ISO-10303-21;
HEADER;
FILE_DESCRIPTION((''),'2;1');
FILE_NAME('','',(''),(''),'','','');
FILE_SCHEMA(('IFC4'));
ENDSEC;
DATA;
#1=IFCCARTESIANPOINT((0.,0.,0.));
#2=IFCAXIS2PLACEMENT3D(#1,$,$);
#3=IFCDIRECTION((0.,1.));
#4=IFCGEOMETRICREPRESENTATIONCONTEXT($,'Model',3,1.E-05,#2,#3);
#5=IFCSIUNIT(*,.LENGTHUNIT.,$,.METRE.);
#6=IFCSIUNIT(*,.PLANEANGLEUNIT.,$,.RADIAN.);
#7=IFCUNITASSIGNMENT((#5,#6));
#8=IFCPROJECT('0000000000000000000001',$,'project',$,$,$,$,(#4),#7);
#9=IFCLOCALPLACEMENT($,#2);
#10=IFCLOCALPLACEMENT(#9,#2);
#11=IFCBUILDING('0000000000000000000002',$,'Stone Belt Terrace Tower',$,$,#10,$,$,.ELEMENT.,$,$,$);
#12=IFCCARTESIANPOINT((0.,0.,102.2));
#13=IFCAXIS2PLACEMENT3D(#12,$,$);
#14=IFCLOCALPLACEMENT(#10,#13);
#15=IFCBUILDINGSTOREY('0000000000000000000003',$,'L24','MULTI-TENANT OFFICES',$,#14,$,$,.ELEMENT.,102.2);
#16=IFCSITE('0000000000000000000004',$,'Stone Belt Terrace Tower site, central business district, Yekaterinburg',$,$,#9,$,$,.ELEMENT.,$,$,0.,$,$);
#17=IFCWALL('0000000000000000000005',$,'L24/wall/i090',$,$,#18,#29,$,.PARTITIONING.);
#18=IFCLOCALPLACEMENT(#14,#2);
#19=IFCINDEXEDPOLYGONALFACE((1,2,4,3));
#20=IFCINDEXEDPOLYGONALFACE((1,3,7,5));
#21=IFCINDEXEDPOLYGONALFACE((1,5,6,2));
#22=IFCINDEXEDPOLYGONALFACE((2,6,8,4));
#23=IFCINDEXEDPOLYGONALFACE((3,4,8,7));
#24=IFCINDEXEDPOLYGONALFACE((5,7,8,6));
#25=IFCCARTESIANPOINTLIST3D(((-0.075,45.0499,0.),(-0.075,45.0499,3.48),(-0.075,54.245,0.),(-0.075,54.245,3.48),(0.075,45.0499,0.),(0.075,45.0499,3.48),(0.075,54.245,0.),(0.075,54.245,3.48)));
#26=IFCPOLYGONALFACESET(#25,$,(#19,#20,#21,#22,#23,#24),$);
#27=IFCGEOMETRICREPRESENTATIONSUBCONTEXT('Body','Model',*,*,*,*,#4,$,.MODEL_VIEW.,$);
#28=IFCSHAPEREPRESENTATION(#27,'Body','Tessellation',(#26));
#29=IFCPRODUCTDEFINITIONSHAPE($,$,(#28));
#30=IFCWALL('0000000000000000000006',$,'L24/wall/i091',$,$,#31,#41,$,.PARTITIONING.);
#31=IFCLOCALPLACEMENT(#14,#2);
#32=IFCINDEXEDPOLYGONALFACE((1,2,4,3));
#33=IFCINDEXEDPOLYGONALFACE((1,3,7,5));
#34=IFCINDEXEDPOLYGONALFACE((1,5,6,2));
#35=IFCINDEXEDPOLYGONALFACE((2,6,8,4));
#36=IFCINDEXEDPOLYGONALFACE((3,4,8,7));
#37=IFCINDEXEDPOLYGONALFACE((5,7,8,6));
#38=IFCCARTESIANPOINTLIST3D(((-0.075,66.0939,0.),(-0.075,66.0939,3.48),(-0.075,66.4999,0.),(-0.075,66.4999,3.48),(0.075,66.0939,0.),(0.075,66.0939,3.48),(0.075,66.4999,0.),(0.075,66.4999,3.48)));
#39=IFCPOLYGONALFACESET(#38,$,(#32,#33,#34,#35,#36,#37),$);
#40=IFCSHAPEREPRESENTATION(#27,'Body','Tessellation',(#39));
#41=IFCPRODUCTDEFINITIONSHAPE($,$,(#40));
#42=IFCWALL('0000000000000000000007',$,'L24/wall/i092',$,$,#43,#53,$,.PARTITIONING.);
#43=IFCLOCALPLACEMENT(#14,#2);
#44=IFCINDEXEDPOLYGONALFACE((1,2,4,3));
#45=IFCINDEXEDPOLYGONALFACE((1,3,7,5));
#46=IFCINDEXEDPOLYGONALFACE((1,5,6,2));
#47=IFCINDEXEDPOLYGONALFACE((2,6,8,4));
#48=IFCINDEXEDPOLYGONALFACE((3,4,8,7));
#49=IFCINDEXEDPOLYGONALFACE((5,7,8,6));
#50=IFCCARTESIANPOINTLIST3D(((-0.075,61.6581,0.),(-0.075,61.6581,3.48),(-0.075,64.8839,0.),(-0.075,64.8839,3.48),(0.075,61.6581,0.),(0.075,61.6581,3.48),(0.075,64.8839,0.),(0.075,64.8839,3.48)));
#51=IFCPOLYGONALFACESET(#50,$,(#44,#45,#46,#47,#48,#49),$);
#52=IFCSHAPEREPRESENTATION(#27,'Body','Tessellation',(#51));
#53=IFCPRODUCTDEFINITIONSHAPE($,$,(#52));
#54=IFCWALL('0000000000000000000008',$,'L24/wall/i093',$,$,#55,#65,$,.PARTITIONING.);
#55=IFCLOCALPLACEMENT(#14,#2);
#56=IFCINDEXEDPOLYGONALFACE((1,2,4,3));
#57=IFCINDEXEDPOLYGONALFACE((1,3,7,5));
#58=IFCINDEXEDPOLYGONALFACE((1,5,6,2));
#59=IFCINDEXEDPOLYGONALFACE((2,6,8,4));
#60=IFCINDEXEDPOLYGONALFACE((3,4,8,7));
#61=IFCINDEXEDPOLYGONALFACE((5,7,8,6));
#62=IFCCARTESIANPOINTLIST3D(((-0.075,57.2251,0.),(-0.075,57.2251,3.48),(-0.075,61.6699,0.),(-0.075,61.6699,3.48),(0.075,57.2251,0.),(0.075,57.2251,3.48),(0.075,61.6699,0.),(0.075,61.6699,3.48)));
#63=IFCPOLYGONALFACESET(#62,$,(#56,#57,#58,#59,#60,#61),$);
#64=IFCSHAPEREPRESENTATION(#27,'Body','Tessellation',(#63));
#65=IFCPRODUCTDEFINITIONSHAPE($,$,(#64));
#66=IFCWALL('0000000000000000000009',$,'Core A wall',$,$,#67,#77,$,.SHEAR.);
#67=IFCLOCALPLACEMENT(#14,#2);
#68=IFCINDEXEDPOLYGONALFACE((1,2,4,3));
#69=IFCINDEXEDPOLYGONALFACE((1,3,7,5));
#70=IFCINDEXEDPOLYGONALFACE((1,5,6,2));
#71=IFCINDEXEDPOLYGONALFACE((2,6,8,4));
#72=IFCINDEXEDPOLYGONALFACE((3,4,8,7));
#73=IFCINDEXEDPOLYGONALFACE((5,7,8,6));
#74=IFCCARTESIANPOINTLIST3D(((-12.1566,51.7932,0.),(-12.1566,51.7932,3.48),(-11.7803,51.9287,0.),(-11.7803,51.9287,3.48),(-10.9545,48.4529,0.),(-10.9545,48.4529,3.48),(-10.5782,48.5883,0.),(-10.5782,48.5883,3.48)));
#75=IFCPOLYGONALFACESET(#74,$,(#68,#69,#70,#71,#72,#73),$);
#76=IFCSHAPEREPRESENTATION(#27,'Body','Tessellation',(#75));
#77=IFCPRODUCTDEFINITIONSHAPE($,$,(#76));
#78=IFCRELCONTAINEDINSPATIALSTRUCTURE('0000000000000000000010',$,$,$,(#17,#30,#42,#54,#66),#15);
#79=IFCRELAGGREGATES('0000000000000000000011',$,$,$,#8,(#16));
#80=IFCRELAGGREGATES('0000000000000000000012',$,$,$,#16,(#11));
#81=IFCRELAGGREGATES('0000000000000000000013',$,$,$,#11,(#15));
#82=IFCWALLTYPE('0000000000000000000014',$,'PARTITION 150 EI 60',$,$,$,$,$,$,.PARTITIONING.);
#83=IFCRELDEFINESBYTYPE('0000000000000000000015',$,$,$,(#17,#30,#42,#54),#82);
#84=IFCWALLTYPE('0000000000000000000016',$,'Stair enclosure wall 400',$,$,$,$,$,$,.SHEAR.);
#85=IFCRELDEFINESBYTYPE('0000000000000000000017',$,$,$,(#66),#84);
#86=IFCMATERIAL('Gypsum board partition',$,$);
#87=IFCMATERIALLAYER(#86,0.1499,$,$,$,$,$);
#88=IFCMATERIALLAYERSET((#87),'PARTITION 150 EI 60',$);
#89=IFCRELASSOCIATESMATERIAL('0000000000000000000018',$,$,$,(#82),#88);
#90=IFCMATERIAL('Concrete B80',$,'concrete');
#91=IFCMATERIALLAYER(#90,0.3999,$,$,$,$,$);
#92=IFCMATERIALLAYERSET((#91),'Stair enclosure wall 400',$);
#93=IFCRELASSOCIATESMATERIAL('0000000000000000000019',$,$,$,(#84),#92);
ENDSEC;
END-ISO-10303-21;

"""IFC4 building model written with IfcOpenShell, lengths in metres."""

from ifc_helpers import new_model, si_unit, direction, frame, frame_2d, origin, place, context, subcontext, project, spatial, rectangle, extrude, material, layer, layer_set, type_object, element, save


model = new_model("IFC4")

# Units and contexts
model_context = context("Model", 3, precision=1e-05, world=origin(), true_north=direction((0.0, 1.0)))
body_context = subcontext(model_context, "Body", "Model", "MODEL_VIEW")
ifc_project = project(units=[si_unit("LENGTHUNIT", "METRE"), si_unit("PLANEANGLEUNIT", "RADIAN")], contexts=[model_context])

# Site, building, storey
site_placement = place(None, origin())
site = spatial("IfcSite", under=ifc_project, at=site_placement, Name="Stone Belt Terrace Tower site, central business district, Yekaterinburg", CompositionType="ELEMENT", RefElevation=0.0)
building_placement = place(site_placement, origin())
building = spatial("IfcBuilding", under=site, at=building_placement, Name="Stone Belt Terrace Tower", CompositionType="ELEMENT")
storey_placement = place(building_placement, frame((0.0, 0.0, 102.2)))
storey = spatial("IfcBuildingStorey", under=building, at=storey_placement, Name="L24", Description="MULTI-TENANT OFFICES", CompositionType="ELEMENT", Elevation=102.2)

# Shared definitions
ifc_material_1 = material(Name="Concrete B80", Category="concrete")

# Shared definitions
ifc_material_2 = material(Name="Gypsum board partition")
ifc_layer_1 = layer(ifc_material_2, 0.1499)
ifc_layer_set_1 = layer_set([ifc_layer_1], Name="PARTITION 150 EI 60")
wall_type_1 = type_object("IfcWallType", Name="PARTITION 150 EI 60", PredefinedType="PARTITIONING", material=ifc_layer_set_1)

# Walls
wall_1_placement = place(storey_placement, frame((0.0, 54.2451, 0.0), z_axis=(0.0, 0.0, 1.0), x_axis=(0.0, -1.0, 0.0)))
element("IfcWall", 1, at=wall_1_placement, inside=storey, type_object=wall_type_1, Name="L24/wall/i090", PredefinedType="PARTITIONING", context=body_context, shape_type="SweptSolid", body=[
    extrude(rectangle(XDim=9.1951, YDim=0.1499, at=frame_2d((4.5977, 0.0))), origin(), (0.0, 0.0, 1.0), 3.48),
])
wall_2_placement = place(storey_placement, frame((0.0, 66.5, 0.0), z_axis=(0.0, 0.0, 1.0), x_axis=(0.0, -1.0, 0.0)))
element("IfcWall", 2, at=wall_2_placement, inside=storey, type_object=wall_type_1, Name="L24/wall/i091", PredefinedType="PARTITIONING", context=body_context, shape_type="SweptSolid", body=[
    extrude(rectangle(XDim=0.406, YDim=0.1499, at=frame_2d((0.2031, 0.0))), origin(), (0.0, 0.0, 1.0), 3.48),
])
wall_3_placement = place(storey_placement, frame((0.0, 64.8838, 0.0), z_axis=(0.0, 0.0, 1.0), x_axis=(0.0, -1.0, 0.0)))
element("IfcWall", 3, at=wall_3_placement, inside=storey, type_object=wall_type_1, Name="L24/wall/i092", PredefinedType="PARTITIONING", context=body_context, shape_type="SweptSolid", body=[
    extrude(rectangle(XDim=3.2258, YDim=0.1499, at=frame_2d((1.6128, 0.0))), origin(), (0.0, 0.0, 1.0), 3.48),
])
wall_4_placement = place(storey_placement, frame((0.0, 61.6699, 0.0), z_axis=(0.0, 0.0, 1.0), x_axis=(0.0, -1.0, 0.0)))
element("IfcWall", 4, at=wall_4_placement, inside=storey, type_object=wall_type_1, Name="L24/wall/i093", PredefinedType="PARTITIONING", context=body_context, shape_type="SweptSolid", body=[
    extrude(rectangle(XDim=4.4448, YDim=0.1499, at=frame_2d((2.2224, 0.0))), origin(), (0.0, 0.0, 1.0), 3.48),
])
ifc_layer_2 = layer(ifc_material_1, 0.3999)
ifc_layer_set_2 = layer_set([ifc_layer_2], Name="Stair enclosure wall 400")
wall_type_2 = type_object("IfcWallType", Name="Stair enclosure wall 400", PredefinedType="SHEAR", material=ifc_layer_set_2)
wall_5_placement = place(storey_placement, frame((-10.7664, 48.5208, 0.0), z_axis=(0.0, 0.0, 1.0), x_axis=(-0.338627, 0.940921, 0.0)))
element("IfcWall", 5, at=wall_5_placement, inside=storey, type_object=wall_type_2, Name="Core A wall", PredefinedType="SHEAR", context=body_context, shape_type="SweptSolid", body=[
    extrude(rectangle(XDim=3.55, YDim=0.3999, at=frame_2d((1.7749, 0.0))), origin(), (0.0, 0.0, 1.0), 3.48),
])

save(model, "model.ifc")
